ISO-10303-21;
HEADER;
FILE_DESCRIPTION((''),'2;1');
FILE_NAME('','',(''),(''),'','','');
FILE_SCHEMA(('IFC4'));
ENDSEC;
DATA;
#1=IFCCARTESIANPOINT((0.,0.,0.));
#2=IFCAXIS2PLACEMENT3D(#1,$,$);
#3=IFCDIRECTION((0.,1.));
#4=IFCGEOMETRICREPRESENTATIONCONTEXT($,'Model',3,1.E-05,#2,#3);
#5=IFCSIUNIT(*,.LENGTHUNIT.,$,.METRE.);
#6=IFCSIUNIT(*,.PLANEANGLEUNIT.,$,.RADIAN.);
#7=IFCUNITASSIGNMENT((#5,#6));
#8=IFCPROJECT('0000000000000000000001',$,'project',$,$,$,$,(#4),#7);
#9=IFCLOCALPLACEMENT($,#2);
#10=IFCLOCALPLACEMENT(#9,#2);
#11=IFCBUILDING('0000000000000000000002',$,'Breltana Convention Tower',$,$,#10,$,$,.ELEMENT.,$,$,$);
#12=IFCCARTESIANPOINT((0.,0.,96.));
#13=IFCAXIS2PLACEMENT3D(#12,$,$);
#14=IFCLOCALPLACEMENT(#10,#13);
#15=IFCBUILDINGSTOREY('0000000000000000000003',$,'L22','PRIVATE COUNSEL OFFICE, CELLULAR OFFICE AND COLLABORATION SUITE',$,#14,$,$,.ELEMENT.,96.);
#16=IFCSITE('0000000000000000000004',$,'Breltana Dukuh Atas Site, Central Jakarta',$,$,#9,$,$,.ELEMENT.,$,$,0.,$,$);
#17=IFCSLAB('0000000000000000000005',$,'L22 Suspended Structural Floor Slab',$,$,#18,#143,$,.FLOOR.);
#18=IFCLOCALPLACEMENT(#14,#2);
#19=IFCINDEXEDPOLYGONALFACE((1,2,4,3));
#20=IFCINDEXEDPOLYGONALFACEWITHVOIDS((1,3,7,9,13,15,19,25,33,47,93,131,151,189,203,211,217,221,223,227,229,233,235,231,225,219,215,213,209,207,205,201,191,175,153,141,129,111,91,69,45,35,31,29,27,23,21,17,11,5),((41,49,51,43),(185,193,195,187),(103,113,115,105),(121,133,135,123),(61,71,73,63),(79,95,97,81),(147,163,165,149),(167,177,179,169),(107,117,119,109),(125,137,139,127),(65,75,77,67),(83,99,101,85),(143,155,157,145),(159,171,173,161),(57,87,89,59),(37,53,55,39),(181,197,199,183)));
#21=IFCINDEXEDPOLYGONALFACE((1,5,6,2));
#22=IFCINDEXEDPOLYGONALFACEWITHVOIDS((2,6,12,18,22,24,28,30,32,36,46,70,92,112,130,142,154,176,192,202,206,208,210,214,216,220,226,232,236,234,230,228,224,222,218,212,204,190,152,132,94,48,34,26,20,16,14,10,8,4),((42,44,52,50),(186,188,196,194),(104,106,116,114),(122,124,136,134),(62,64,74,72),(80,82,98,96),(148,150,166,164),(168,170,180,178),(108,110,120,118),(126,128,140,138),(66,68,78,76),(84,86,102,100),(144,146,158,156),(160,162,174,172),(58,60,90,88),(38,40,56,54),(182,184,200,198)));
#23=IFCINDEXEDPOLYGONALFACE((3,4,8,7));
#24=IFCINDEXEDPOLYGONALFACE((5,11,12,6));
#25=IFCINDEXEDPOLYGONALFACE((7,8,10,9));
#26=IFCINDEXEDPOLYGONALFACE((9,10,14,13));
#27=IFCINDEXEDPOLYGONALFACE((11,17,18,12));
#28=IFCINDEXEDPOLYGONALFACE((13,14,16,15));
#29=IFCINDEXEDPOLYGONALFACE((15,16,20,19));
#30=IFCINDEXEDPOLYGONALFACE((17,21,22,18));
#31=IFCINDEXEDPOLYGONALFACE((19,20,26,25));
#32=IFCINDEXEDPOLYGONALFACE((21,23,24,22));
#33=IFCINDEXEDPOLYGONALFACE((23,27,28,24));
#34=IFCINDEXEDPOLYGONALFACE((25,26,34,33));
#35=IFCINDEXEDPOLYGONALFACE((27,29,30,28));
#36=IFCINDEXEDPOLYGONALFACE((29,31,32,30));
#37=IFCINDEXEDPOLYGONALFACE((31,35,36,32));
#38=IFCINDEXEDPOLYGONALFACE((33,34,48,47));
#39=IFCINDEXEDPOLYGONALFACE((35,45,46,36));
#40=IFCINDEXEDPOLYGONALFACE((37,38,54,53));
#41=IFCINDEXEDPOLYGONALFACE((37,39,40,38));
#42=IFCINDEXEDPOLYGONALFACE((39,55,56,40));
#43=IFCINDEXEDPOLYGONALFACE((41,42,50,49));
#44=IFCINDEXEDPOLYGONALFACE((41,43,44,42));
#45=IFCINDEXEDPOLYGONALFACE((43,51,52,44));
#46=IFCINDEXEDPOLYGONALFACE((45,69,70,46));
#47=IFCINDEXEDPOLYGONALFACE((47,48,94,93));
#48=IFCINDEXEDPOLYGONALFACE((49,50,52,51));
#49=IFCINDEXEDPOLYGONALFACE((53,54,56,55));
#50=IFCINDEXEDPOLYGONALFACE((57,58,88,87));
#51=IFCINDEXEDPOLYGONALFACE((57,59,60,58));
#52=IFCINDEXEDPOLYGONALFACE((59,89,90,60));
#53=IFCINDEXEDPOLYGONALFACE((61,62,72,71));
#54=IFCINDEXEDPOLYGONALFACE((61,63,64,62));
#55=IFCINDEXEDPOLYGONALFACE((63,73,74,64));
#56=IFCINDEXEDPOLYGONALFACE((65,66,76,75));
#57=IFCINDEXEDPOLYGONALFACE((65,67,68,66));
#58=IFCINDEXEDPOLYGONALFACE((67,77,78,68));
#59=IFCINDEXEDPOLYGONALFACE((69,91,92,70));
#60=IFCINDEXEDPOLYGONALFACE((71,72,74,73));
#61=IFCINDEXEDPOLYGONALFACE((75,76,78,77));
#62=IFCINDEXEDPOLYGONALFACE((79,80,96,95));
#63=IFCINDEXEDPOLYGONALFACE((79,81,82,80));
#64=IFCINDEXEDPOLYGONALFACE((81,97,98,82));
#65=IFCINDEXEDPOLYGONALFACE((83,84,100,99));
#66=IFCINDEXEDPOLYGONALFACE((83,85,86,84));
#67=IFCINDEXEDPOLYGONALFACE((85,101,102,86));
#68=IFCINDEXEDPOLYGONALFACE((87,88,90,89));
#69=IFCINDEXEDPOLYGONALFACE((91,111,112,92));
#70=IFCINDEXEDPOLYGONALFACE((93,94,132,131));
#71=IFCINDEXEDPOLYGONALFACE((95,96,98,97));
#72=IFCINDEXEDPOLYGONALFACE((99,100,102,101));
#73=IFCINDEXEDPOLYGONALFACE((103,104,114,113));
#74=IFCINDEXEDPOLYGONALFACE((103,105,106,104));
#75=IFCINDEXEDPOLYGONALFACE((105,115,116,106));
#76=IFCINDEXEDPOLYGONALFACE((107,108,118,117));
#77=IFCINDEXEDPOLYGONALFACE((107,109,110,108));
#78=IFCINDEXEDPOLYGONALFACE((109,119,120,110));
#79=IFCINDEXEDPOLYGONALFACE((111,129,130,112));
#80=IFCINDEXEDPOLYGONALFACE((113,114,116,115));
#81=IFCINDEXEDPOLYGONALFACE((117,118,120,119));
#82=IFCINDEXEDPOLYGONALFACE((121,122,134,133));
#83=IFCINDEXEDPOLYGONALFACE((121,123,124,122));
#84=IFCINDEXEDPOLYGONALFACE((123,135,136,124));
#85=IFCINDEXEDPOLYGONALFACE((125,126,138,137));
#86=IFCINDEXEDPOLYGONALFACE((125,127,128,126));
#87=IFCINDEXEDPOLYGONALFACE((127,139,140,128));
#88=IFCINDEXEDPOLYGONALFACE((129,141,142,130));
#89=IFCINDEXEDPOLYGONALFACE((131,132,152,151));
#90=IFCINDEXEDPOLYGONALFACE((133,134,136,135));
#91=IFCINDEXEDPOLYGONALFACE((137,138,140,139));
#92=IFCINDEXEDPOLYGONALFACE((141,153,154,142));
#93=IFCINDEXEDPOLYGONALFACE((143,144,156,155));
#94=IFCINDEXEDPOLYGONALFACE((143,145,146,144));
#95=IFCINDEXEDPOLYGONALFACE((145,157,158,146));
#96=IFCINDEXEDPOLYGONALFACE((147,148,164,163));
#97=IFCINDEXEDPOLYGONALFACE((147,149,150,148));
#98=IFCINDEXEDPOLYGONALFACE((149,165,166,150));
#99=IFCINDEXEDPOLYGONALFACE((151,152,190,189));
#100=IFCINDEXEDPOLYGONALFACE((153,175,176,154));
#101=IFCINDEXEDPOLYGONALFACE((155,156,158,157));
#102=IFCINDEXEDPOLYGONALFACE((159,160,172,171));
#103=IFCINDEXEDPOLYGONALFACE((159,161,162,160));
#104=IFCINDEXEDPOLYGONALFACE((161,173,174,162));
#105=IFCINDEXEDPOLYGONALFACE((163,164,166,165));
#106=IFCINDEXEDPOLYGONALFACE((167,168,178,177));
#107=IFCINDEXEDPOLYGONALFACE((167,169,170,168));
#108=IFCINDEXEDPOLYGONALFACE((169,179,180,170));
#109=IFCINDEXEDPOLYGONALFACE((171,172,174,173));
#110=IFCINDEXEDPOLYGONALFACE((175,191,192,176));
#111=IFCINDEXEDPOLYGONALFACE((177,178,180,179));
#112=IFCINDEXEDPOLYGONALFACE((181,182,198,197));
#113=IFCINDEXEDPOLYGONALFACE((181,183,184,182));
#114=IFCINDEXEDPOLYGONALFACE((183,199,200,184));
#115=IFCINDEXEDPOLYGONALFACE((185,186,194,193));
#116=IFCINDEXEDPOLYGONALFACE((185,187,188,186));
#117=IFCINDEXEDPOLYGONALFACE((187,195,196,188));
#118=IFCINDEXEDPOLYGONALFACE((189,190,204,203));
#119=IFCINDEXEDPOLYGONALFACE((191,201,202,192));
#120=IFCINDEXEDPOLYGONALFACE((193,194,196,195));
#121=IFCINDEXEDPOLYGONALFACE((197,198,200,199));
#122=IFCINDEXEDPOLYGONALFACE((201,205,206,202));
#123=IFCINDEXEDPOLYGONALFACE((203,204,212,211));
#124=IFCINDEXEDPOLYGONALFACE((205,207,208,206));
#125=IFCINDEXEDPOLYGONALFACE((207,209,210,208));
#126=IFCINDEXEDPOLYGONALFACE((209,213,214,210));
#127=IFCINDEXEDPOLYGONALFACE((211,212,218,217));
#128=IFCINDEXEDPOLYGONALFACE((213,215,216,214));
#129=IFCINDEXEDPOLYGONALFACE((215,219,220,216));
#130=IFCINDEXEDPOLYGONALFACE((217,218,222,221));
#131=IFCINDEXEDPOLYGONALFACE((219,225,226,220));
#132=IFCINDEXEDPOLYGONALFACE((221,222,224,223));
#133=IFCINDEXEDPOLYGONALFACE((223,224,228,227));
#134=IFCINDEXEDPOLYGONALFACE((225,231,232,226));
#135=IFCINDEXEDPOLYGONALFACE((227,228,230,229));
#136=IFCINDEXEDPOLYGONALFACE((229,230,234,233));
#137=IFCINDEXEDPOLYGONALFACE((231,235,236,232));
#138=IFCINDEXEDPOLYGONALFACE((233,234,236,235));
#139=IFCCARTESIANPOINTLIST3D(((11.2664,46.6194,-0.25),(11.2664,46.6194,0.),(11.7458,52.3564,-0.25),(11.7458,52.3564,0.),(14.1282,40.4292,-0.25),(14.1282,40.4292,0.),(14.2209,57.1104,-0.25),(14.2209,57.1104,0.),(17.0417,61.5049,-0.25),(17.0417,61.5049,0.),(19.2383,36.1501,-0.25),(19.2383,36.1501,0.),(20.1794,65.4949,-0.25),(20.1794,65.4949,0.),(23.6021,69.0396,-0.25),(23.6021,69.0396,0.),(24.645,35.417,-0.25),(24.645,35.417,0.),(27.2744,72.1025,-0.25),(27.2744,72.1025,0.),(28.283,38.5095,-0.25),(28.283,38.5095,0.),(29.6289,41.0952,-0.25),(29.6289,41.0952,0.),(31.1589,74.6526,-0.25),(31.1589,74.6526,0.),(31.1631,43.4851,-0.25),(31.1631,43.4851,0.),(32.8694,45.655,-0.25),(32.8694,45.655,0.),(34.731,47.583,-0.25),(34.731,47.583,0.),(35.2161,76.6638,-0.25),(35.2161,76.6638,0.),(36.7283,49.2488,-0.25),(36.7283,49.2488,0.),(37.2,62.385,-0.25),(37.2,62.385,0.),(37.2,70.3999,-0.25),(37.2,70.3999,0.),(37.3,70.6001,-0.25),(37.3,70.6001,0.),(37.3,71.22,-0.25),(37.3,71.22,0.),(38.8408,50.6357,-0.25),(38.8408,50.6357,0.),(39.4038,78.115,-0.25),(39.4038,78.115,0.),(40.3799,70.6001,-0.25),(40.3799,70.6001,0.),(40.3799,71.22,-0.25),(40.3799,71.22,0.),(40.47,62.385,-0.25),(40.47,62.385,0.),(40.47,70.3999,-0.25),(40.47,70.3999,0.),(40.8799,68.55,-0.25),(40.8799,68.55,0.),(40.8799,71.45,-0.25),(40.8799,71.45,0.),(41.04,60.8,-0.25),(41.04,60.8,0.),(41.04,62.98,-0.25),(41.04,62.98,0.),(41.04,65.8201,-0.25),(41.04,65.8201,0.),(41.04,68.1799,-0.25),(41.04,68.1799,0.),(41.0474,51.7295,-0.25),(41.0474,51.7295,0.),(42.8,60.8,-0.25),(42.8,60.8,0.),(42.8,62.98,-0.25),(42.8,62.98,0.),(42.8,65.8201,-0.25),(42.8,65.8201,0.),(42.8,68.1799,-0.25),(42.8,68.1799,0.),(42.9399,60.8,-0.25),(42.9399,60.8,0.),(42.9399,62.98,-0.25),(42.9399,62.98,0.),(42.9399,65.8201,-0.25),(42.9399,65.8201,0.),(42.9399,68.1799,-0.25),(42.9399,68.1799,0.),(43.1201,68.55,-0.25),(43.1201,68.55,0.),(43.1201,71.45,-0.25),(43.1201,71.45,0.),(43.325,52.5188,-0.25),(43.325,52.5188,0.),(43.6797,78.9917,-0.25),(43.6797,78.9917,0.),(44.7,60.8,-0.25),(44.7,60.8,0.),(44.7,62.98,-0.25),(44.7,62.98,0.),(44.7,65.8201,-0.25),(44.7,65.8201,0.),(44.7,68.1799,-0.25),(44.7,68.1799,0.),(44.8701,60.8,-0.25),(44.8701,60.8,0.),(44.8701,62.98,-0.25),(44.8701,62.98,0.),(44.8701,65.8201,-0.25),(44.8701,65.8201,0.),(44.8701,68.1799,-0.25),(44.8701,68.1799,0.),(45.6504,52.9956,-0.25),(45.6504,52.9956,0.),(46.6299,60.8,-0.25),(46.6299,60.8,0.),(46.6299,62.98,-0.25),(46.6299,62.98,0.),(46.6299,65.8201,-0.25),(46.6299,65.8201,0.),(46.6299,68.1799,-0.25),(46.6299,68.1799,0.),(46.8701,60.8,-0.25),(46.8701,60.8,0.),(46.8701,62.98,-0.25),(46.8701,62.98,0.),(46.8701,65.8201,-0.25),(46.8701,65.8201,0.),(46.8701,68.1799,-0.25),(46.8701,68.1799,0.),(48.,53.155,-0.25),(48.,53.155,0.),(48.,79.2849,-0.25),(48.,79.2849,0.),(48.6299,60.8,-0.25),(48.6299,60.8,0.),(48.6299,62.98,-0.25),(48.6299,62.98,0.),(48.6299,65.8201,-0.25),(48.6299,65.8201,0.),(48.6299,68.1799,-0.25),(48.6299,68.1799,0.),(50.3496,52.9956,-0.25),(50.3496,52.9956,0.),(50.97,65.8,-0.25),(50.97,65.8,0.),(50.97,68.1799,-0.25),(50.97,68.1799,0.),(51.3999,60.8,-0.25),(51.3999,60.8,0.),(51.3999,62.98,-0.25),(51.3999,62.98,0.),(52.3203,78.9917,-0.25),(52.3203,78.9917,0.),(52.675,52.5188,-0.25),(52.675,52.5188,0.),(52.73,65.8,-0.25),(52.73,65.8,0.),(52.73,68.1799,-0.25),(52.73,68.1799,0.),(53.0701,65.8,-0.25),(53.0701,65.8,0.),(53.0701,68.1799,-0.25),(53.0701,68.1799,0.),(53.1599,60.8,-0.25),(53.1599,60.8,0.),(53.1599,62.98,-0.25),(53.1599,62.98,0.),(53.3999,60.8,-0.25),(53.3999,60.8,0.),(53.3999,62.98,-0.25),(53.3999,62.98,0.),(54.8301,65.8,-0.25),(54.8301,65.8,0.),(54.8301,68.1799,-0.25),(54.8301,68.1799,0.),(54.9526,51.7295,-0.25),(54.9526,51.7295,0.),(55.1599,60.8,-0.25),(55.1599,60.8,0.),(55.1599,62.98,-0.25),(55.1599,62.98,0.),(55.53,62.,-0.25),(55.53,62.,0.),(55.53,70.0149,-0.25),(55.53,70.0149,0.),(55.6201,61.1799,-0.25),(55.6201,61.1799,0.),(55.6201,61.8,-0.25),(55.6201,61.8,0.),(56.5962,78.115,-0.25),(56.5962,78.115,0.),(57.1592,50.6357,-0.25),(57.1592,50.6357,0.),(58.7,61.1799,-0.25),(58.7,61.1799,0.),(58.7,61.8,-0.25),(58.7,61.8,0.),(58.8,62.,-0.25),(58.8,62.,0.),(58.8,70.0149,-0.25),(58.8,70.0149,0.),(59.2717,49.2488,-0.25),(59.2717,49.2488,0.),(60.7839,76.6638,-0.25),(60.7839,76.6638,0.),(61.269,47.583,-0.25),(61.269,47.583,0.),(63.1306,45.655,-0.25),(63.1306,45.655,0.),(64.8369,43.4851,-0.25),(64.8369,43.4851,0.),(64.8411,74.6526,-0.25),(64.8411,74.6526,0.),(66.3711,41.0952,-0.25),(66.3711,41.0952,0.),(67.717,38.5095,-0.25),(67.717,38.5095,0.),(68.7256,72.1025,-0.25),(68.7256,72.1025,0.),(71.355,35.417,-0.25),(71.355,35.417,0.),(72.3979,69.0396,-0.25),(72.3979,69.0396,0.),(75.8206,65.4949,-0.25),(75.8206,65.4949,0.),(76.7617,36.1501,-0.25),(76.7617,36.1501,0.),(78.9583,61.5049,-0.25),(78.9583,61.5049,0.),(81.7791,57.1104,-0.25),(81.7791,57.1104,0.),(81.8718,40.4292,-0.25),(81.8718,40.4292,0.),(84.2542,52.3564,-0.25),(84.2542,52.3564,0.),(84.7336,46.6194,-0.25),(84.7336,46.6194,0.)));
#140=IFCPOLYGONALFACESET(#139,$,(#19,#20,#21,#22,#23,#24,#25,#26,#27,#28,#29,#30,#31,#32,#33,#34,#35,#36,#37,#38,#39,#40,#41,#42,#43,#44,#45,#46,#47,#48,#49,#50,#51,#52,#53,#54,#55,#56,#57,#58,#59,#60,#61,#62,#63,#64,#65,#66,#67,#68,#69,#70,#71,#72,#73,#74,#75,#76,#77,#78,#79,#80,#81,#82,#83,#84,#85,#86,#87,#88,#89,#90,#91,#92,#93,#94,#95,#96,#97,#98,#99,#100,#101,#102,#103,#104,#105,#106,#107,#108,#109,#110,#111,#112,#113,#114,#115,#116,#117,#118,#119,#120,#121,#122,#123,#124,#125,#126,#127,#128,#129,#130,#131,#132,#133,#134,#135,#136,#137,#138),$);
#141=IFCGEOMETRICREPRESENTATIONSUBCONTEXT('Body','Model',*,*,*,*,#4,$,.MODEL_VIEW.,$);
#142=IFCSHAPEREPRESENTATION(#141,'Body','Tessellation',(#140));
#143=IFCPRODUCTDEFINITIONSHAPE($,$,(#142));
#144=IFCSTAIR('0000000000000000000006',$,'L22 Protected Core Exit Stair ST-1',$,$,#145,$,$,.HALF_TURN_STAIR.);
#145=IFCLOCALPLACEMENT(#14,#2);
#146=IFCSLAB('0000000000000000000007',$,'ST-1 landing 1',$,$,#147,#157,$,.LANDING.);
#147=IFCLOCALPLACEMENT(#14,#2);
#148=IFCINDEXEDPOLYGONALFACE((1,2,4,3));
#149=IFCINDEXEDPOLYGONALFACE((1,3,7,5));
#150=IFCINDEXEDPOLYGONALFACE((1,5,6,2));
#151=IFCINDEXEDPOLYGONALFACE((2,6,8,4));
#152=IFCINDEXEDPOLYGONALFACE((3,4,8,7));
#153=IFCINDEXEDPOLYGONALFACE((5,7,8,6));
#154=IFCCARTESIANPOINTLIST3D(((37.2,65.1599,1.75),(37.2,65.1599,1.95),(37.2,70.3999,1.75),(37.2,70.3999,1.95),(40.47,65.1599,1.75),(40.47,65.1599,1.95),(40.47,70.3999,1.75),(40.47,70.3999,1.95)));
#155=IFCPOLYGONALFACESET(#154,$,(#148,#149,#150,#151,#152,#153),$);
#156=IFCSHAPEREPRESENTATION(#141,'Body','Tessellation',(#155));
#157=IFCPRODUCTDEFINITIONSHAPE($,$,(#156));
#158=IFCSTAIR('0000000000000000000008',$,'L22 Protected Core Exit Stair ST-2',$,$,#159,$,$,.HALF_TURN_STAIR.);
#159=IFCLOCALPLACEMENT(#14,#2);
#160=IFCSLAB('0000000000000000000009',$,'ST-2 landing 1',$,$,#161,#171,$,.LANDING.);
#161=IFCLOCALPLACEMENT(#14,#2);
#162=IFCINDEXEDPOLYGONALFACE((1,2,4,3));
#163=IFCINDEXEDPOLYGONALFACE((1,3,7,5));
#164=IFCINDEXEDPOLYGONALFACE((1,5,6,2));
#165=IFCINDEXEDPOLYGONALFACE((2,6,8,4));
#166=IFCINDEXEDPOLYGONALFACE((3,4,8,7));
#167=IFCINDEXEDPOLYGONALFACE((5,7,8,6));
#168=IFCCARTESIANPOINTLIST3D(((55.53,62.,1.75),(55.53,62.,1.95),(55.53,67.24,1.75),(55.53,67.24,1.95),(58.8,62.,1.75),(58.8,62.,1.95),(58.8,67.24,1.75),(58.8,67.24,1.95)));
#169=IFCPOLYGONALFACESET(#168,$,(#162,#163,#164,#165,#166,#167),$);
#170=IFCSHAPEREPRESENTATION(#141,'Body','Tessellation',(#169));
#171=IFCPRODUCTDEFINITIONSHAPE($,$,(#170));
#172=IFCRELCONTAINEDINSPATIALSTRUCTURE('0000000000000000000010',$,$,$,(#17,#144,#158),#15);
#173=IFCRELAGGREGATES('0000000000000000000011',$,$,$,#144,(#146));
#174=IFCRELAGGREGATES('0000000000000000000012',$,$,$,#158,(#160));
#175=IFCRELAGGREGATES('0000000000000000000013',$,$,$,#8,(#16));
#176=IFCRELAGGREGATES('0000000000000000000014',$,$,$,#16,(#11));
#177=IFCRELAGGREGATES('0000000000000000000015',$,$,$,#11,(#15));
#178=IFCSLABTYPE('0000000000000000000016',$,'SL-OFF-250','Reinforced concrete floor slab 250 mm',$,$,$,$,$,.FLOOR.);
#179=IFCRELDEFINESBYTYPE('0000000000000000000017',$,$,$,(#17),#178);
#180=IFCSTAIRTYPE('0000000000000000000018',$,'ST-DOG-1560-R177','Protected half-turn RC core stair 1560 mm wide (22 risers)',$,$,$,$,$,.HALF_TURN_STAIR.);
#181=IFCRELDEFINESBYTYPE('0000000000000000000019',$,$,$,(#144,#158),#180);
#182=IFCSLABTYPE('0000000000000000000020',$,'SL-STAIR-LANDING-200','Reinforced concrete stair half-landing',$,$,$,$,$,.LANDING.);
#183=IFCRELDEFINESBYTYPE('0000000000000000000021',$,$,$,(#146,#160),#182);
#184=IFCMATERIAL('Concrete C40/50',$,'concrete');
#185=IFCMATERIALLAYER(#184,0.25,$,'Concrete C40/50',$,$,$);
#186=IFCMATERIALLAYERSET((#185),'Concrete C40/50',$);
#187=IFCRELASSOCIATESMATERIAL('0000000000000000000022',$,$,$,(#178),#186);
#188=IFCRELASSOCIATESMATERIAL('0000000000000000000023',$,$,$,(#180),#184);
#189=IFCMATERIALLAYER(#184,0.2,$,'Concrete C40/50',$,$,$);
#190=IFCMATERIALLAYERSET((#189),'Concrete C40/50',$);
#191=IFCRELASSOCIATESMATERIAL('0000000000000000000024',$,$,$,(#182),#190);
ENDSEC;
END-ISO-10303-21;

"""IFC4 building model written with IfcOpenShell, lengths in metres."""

from ifc_helpers import new_model, si_unit, direction, frame, origin, place, context, subcontext, project, spatial, polyline, outline, extrude, material, layer, layer_set, type_object, element, aggregate, save


model = new_model("IFC4")

# Units and contexts
model_context = context("Model", 3, precision=1e-05, world=origin(), true_north=direction((0.0, 1.0)))
body_context = subcontext(model_context, "Body", "Model", "MODEL_VIEW")
ifc_project = project(units=[si_unit("LENGTHUNIT", "METRE"), si_unit("PLANEANGLEUNIT", "RADIAN")], contexts=[model_context])

# Site, building, storey
site_placement = place(None, origin())
site = spatial("IfcSite", under=ifc_project, at=site_placement, Name="Breltana Dukuh Atas Site, Central Jakarta", CompositionType="ELEMENT", RefElevation=0.0)
building_placement = place(site_placement, origin())
building = spatial("IfcBuilding", under=site, at=building_placement, Name="Breltana Convention Tower", CompositionType="ELEMENT")
storey_placement = place(building_placement, frame((0.0, 0.0, 96.0)))
storey = spatial("IfcBuildingStorey", under=building, at=storey_placement, Name="L22", Description="PRIVATE COUNSEL OFFICE, CELLULAR OFFICE AND COLLABORATION SUITE", CompositionType="ELEMENT", Elevation=96.0)

# Slab
ifc_material_1 = material(Name="Concrete C40/50", Category="concrete")
ifc_layer_1 = layer(ifc_material_1, 0.25, Name="Concrete C40/50")
ifc_layer_set_1 = layer_set([ifc_layer_1], Name="Concrete C40/50")
slab_type_1 = type_object("IfcSlabType", Name="SL-OFF-250", Description="Reinforced concrete floor slab 250 mm", PredefinedType="FLOOR", material=ifc_layer_set_1)
slab_1_placement = place(storey_placement, frame((0.0, 0.0, -0.25)))
element("IfcSlab", 1, at=slab_1_placement, inside=storey, type_object=slab_type_1, Name="L22 Suspended Structural Floor Slab", PredefinedType="FLOOR", context=body_context, shape_type="SweptSolid", body=[
    extrude(outline(polyline([(84.2542, 52.3564), (81.7791, 57.1104), (78.9583, 61.5049), (75.8206, 65.4949), (72.3979, 69.0396), (68.7256, 72.1025), (64.8411, 74.6526), (60.7839, 76.6638), (56.5962, 78.115), (52.3203, 78.9917), (48.0, 79.2849), (43.6797, 78.9917), (39.4038, 78.115), (35.2161, 76.6638), (31.1589, 74.6526), (27.2744, 72.1025), (23.6021, 69.0396), (20.1794, 65.4949), (17.0417, 61.5049), (14.2209, 57.1104), (11.7458, 52.3564), (11.2664, 46.6194), (14.1282, 40.4292), (19.2383, 36.1501), (24.645, 35.417), (28.283, 38.5095), (29.6289, 41.0952), (31.1631, 43.4851), (32.8694, 45.655), (34.731, 47.583), (36.7283, 49.2488), (38.8408, 50.6357), (41.0474, 51.7295), (43.325, 52.5188), (45.6504, 52.9956), (48.0, 53.155), (50.3496, 52.9956), (52.675, 52.5188), (54.9526, 51.7295), (57.1592, 50.6357), (59.2717, 49.2488), (61.269, 47.583), (63.1306, 45.655), (64.8369, 43.4851), (66.3711, 41.0952), (67.717, 38.5095), (71.355, 35.417), (76.7617, 36.1501), (81.8718, 40.4292), (84.7336, 46.6194), (84.2542, 52.3564)]), holes=[polyline([(37.2, 62.385), (40.47, 62.385), (40.47, 70.3999), (37.2, 70.3999), (37.2, 62.385)]), polyline([(55.53, 62.0), (58.8, 62.0), (58.8, 70.0149), (55.53, 70.0149), (55.53, 62.0)]), polyline([(41.04, 60.8), (42.8, 60.8), (42.8, 62.98), (41.04, 62.98), (41.04, 60.8)]), polyline([(42.9399, 60.8), (44.7, 60.8), (44.7, 62.98), (42.9399, 62.98), (42.9399, 60.8)]), polyline([(44.8701, 60.8), (46.6299, 60.8), (46.6299, 62.98), (44.8701, 62.98), (44.8701, 60.8)]), polyline([(46.8701, 60.8), (48.6299, 60.8), (48.6299, 62.98), (46.8701, 62.98), (46.8701, 60.8)]), polyline([(51.3999, 60.8), (53.1599, 60.8), (53.1599, 62.98), (51.3999, 62.98), (51.3999, 60.8)]), polyline([(53.3999, 60.8), (55.1599, 60.8), (55.1599, 62.98), (53.3999, 62.98), (53.3999, 60.8)]), polyline([(41.04, 65.8201), (42.8, 65.8201), (42.8, 68.1799), (41.04, 68.1799), (41.04, 65.8201)]), polyline([(42.9399, 65.8201), (44.7, 65.8201), (44.7, 68.1799), (42.9399, 68.1799), (42.9399, 65.8201)]), polyline([(44.8701, 65.8201), (46.6299, 65.8201), (46.6299, 68.1799), (44.8701, 68.1799), (44.8701, 65.8201)]), polyline([(46.8701, 65.8201), (48.6299, 65.8201), (48.6299, 68.1799), (46.8701, 68.1799), (46.8701, 65.8201)]), polyline([(50.97, 65.8), (52.73, 65.8), (52.73, 68.1799), (50.97, 68.1799), (50.97, 65.8)]), polyline([(53.0701, 65.8), (54.8301, 65.8), (54.8301, 68.1799), (53.0701, 68.1799), (53.0701, 65.8)]), polyline([(40.8799, 68.55), (43.1201, 68.55), (43.1201, 71.45), (40.8799, 71.45), (40.8799, 68.55)]), polyline([(37.3, 70.6001), (40.3799, 70.6001), (40.3799, 71.22), (37.3, 71.22), (37.3, 70.6001)]), polyline([(55.6201, 61.1799), (58.7, 61.1799), (58.7, 61.8), (55.6201, 61.8), (55.6201, 61.1799)])]), origin(), (0.0, 0.0, 1.0), 0.25),
])

# Stairs, slabs
stair_type = type_object("IfcStairType", Name="ST-DOG-1560-R177", Description="Protected half-turn RC core stair 1560 mm wide (22 risers)", PredefinedType="HALF_TURN_STAIR", material=ifc_material_1)
stair_1_placement = place(storey_placement, origin())
stair_1 = element("IfcStair", 2, at=stair_1_placement, inside=storey, type_object=stair_type, Name="L22 Protected Core Exit Stair ST-1", PredefinedType="HALF_TURN_STAIR")
ifc_layer_2 = layer(ifc_material_1, 0.2, Name="Concrete C40/50")
ifc_layer_set_2 = layer_set([ifc_layer_2], Name="Concrete C40/50")
slab_type_2 = type_object("IfcSlabType", Name="SL-STAIR-LANDING-200", Description="Reinforced concrete stair half-landing", PredefinedType="LANDING", material=ifc_layer_set_2)
slab_2_placement = place(storey_placement, frame((0.0, 0.0, 1.75)))
slab_2 = element("IfcSlab", 3, at=slab_2_placement, type_object=slab_type_2, Name="ST-1 landing 1", PredefinedType="LANDING", context=body_context, shape_type="SweptSolid", body=[
    extrude(outline(polyline([(40.47, 65.1599), (40.47, 70.3999), (37.2, 70.3999), (37.2, 65.1599), (40.47, 65.1599)])), origin(), (0.0, 0.0, 1.0), 0.2),
])
aggregate(stair_1, [slab_2])
stair_2_placement = place(storey_placement, origin())
stair_2 = element("IfcStair", 4, at=stair_2_placement, inside=storey, type_object=stair_type, Name="L22 Protected Core Exit Stair ST-2", PredefinedType="HALF_TURN_STAIR")
slab_3_placement = place(storey_placement, frame((0.0, 0.0, 1.75)))
slab_3 = element("IfcSlab", 5, at=slab_3_placement, type_object=slab_type_2, Name="ST-2 landing 1", PredefinedType="LANDING", context=body_context, shape_type="SweptSolid", body=[
    extrude(outline(polyline([(55.53, 67.24), (55.53, 62.0), (58.8, 62.0), (58.8, 67.24), (55.53, 67.24)])), origin(), (0.0, 0.0, 1.0), 0.2),
])
aggregate(stair_2, [slab_3])

save(model, "model.ifc")
